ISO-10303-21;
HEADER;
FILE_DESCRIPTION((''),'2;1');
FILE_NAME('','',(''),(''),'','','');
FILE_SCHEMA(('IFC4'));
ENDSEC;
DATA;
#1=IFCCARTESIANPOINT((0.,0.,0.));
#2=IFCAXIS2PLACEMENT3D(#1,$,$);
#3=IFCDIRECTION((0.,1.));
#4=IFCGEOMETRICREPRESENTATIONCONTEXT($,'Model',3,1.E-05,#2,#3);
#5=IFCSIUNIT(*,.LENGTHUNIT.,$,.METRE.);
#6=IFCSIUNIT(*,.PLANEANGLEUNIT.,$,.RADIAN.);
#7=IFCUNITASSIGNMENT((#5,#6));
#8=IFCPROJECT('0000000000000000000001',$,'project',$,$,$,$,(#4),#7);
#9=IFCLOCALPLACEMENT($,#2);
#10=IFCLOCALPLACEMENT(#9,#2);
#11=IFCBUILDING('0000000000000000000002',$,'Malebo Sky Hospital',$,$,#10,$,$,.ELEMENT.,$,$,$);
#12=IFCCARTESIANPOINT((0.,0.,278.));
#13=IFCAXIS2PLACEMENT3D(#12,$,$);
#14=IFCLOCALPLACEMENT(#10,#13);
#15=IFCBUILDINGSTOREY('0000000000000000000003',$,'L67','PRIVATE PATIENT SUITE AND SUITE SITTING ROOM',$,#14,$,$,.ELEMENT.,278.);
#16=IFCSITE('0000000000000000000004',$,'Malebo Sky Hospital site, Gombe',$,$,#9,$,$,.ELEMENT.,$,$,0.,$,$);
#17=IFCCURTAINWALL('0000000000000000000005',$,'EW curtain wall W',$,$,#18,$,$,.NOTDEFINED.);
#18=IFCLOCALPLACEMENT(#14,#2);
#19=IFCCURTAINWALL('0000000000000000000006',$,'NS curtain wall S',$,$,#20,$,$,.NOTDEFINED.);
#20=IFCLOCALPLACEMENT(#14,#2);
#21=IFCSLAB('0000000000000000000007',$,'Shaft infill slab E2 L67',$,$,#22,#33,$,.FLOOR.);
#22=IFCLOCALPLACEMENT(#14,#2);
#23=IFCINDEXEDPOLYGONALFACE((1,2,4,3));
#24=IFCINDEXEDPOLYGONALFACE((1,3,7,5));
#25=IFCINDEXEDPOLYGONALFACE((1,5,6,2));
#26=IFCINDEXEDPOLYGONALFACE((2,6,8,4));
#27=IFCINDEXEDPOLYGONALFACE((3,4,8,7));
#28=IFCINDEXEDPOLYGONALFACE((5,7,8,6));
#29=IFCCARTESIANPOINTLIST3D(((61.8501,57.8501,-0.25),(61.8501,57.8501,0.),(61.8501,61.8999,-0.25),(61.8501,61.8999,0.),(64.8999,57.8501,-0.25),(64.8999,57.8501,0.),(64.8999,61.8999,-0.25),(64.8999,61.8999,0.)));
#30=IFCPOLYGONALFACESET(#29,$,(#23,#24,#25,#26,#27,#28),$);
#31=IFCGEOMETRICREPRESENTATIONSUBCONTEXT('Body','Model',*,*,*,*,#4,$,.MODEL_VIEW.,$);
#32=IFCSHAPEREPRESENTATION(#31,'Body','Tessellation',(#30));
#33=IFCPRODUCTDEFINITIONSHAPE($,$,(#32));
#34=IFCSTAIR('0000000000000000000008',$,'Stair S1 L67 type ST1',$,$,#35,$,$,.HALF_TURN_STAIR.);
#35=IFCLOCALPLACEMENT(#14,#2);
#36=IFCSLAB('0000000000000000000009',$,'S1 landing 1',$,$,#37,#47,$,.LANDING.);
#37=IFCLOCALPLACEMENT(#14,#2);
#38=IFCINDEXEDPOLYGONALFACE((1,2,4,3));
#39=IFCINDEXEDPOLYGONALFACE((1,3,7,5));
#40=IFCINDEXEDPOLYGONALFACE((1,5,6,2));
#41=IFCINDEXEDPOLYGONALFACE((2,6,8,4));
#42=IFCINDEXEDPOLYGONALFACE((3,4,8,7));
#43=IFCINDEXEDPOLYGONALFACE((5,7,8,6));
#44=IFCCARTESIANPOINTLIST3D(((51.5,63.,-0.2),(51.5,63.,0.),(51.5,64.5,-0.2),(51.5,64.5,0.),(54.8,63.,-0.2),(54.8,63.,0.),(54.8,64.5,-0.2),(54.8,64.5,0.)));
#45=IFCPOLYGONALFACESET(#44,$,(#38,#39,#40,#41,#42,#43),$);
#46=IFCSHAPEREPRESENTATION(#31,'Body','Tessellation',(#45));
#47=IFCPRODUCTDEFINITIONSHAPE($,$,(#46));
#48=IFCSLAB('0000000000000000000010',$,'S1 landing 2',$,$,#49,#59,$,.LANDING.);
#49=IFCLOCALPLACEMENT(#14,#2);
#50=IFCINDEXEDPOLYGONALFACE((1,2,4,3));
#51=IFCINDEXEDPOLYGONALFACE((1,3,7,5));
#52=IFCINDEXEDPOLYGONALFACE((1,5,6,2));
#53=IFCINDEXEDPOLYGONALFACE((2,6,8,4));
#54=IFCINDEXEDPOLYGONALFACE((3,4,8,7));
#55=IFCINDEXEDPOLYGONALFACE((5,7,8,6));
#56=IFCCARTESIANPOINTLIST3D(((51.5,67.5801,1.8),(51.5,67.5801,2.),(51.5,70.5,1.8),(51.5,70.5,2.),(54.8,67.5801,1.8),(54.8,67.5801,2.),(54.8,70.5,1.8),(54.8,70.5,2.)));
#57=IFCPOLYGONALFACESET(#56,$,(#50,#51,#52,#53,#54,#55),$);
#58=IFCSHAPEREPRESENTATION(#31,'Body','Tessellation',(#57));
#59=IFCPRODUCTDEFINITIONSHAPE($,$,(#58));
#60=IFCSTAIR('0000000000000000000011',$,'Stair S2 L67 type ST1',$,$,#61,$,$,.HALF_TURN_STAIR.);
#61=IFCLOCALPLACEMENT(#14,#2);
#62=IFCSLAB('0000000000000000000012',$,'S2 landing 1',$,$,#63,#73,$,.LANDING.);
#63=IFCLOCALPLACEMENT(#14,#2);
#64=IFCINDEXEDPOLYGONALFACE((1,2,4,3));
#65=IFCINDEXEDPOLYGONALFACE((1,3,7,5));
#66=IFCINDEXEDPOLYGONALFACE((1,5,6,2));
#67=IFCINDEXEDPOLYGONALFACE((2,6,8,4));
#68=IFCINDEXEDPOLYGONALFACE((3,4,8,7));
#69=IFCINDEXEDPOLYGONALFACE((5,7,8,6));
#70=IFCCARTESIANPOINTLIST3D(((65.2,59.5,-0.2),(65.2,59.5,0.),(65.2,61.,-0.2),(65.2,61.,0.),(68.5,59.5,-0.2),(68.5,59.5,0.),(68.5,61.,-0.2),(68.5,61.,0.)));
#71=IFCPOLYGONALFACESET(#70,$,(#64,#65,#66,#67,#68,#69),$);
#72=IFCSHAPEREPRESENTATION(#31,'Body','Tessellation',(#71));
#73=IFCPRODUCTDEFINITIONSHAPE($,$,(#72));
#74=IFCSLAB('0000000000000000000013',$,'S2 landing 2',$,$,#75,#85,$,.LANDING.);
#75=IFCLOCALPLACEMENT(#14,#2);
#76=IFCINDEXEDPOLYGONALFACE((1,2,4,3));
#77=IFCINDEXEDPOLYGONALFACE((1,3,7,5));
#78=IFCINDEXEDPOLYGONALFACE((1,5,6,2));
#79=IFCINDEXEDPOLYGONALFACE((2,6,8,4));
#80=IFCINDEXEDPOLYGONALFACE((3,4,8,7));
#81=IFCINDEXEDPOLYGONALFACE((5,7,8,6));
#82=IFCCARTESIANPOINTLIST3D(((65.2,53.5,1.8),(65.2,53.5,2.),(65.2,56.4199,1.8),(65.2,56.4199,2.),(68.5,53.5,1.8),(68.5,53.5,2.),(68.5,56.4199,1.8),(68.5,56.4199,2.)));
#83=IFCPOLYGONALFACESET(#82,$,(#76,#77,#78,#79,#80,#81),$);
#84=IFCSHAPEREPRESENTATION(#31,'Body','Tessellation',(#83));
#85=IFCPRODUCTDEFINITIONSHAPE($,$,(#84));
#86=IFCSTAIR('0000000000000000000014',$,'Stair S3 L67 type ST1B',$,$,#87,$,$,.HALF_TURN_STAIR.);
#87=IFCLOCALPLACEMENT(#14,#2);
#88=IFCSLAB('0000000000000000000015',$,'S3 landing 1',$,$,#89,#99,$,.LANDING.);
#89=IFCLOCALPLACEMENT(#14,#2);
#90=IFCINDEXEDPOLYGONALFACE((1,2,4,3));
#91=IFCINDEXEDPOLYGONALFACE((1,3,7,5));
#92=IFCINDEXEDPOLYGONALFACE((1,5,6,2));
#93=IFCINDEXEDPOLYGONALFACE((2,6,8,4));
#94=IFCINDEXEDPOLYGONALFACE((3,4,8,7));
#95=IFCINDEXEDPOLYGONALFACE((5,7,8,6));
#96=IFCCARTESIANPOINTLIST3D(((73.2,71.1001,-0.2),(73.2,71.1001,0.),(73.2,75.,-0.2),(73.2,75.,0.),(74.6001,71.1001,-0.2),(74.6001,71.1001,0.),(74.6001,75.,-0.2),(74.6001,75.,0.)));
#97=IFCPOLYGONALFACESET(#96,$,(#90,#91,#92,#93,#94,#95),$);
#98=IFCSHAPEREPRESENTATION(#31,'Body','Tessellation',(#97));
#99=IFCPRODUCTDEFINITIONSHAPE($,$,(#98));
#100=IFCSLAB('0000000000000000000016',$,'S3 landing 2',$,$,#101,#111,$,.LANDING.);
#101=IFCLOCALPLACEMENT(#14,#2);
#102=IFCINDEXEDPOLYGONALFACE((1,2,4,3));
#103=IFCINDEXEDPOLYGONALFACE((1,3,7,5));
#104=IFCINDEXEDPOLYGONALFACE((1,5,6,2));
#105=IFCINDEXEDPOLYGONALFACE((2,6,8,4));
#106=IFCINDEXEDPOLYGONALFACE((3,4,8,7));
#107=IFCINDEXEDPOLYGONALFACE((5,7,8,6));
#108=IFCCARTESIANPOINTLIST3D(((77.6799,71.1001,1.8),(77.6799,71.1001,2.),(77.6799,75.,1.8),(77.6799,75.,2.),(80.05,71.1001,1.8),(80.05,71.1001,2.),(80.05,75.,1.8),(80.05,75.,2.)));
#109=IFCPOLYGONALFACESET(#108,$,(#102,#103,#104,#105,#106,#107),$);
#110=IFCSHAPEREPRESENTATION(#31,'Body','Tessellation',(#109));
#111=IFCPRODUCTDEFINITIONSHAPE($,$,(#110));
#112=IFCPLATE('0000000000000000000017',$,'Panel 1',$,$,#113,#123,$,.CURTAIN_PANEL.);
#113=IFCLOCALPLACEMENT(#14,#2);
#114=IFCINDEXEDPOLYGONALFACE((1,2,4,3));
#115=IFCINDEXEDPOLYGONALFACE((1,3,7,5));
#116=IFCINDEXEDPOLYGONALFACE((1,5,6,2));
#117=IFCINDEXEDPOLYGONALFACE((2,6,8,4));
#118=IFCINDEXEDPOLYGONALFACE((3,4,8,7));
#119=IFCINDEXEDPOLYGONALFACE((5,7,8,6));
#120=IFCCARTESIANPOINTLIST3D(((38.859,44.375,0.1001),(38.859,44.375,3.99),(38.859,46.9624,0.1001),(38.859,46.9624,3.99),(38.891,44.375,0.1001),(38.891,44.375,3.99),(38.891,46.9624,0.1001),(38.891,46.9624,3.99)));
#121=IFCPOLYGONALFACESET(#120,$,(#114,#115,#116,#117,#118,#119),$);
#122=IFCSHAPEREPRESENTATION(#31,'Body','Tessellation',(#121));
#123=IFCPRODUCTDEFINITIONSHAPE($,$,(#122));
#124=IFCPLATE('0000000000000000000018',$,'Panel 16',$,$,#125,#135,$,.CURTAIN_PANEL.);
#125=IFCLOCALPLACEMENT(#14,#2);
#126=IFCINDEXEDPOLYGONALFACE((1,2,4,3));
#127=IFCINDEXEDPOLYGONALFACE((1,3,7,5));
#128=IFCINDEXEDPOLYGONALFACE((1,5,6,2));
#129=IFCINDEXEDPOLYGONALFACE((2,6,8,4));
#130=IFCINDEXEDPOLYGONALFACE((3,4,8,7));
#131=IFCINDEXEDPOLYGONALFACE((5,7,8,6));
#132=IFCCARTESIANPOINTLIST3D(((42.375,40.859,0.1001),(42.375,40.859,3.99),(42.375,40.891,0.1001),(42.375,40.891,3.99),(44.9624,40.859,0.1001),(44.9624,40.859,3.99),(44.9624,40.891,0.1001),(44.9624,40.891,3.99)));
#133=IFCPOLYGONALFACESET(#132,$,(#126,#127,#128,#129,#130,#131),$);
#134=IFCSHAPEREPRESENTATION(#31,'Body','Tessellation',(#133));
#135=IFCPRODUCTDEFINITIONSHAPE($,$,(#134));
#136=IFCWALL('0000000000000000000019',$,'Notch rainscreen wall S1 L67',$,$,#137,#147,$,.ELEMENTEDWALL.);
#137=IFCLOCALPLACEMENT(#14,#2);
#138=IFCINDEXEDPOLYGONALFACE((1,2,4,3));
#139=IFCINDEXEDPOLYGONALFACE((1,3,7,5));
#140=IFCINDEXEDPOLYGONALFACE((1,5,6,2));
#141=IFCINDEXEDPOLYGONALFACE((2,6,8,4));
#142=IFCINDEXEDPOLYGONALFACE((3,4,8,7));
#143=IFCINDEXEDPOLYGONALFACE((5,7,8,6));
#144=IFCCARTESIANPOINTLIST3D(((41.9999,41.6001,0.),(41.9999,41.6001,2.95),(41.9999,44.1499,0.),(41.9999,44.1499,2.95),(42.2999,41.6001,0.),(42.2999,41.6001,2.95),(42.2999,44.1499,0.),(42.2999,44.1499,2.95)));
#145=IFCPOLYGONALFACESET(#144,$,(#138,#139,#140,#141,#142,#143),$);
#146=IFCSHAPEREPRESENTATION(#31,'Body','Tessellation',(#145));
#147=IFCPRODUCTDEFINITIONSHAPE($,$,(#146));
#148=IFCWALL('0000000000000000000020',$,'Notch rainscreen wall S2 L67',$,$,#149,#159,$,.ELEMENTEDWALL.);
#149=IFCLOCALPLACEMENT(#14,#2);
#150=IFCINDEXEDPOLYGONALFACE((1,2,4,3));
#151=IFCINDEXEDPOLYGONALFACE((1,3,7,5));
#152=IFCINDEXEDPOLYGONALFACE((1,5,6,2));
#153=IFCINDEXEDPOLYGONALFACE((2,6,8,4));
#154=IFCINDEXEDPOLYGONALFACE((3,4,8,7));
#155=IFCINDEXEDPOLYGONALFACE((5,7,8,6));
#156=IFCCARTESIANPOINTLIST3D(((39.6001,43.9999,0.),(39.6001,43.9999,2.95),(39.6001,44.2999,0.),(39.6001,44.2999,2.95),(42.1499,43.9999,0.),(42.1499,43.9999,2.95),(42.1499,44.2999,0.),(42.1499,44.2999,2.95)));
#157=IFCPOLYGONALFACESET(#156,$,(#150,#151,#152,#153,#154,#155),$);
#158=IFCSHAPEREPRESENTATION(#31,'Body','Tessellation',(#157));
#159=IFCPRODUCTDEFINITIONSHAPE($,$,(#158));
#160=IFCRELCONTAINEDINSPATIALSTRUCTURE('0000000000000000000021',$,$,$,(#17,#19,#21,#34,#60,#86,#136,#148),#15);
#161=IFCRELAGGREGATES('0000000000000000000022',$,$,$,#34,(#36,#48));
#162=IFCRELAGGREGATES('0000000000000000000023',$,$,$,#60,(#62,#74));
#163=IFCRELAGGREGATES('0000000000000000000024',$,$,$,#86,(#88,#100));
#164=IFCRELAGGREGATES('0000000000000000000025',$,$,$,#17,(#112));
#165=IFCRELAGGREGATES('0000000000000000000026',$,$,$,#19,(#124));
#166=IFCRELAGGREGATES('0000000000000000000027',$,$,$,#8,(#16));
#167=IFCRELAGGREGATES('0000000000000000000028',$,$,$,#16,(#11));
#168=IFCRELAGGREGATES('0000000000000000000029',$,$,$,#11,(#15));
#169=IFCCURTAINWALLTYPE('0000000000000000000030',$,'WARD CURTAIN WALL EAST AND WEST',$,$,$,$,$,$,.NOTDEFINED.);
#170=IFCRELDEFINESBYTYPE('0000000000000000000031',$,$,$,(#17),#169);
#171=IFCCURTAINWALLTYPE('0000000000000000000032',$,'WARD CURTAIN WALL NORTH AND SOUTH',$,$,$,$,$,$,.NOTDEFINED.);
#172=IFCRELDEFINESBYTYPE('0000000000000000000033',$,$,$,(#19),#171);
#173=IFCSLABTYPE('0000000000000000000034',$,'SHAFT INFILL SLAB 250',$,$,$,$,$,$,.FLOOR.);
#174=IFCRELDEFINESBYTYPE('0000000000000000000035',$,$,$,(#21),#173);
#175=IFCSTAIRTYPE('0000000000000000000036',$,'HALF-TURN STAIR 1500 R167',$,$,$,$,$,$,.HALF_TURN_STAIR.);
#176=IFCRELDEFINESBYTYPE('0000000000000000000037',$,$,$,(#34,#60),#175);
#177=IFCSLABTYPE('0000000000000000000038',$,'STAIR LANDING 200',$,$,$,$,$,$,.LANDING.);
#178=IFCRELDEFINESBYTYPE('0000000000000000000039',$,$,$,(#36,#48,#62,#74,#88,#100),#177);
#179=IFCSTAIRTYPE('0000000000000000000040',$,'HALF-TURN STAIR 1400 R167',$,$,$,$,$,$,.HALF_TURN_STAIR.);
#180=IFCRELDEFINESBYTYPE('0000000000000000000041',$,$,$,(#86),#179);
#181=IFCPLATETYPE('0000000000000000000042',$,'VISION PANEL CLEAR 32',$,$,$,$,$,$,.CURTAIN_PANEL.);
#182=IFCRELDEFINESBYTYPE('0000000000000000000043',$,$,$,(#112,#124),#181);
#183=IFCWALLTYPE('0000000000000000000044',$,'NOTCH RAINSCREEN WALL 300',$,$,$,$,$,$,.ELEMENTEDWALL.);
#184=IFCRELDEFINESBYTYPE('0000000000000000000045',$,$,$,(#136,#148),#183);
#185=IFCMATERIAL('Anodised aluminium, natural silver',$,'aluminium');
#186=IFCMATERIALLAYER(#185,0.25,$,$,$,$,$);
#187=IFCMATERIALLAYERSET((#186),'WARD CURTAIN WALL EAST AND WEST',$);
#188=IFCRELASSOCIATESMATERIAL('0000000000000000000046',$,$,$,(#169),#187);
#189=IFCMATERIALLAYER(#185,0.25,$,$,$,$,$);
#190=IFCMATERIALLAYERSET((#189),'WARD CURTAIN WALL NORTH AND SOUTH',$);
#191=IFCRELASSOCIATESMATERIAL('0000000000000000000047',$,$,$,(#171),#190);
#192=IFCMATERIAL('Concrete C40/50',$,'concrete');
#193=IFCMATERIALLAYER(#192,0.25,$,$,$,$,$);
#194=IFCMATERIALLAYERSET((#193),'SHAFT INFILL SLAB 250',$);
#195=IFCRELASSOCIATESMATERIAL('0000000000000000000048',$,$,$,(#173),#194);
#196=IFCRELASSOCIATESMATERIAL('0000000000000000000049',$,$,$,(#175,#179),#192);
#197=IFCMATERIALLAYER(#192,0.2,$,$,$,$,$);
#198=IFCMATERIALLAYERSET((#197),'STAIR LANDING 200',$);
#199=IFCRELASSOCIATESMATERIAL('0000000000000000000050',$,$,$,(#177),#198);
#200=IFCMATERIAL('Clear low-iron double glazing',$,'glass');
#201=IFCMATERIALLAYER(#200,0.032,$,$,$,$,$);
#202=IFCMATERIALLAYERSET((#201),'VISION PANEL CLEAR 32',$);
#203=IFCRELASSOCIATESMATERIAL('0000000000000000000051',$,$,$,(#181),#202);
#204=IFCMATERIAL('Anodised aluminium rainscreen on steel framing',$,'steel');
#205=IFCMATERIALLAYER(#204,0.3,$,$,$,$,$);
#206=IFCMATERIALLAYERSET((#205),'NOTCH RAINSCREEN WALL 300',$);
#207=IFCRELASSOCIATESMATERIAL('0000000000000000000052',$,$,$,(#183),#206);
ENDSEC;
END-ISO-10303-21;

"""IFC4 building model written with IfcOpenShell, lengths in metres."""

from ifc_helpers import new_model, si_unit, direction, frame, frame_2d, origin, origin_2d, place, context, subcontext, project, spatial, polyline, rectangle, outline, extrude, material, layer, layer_set, type_object, element, aggregate, save


model = new_model("IFC4")

# Units and contexts
model_context = context("Model", 3, precision=1e-05, world=origin(), true_north=direction((0.0, 1.0)))
body_context = subcontext(model_context, "Body", "Model", "MODEL_VIEW")
ifc_project = project(units=[si_unit("LENGTHUNIT", "METRE"), si_unit("PLANEANGLEUNIT", "RADIAN")], contexts=[model_context])

# Site, building, storey
site_placement = place(None, origin())
site = spatial("IfcSite", under=ifc_project, at=site_placement, Name="Malebo Sky Hospital site, Gombe", CompositionType="ELEMENT", RefElevation=0.0)
building_placement = place(site_placement, origin())
building = spatial("IfcBuilding", under=site, at=building_placement, Name="Malebo Sky Hospital", CompositionType="ELEMENT")
storey_placement = place(building_placement, frame((0.0, 0.0, 278.0)))
storey = spatial("IfcBuildingStorey", under=building, at=storey_placement, Name="L67", Description="PRIVATE PATIENT SUITE AND SUITE SITTING ROOM", CompositionType="ELEMENT", Elevation=278.0)

# Curtain wall
ifc_material_1 = material(Name="Anodised aluminium, natural silver", Category="aluminium")
ifc_layer_1 = layer(ifc_material_1, 0.25)
ifc_layer_set_1 = layer_set([ifc_layer_1], Name="WARD CURTAIN WALL EAST AND WEST")
curtain_wall_type_1 = type_object("IfcCurtainWallType", Name="WARD CURTAIN WALL EAST AND WEST", PredefinedType="NOTDEFINED", material=ifc_layer_set_1)
curtain_wall_1_placement = place(storey_placement, origin())
curtain_wall_1 = element("IfcCurtainWall", 1, at=curtain_wall_1_placement, inside=storey, type_object=curtain_wall_type_1, Name="EW curtain wall W", PredefinedType="NOTDEFINED")

# Curtain wall
ifc_layer_2 = layer(ifc_material_1, 0.25)
ifc_layer_set_2 = layer_set([ifc_layer_2], Name="WARD CURTAIN WALL NORTH AND SOUTH")
curtain_wall_type_2 = type_object("IfcCurtainWallType", Name="WARD CURTAIN WALL NORTH AND SOUTH", PredefinedType="NOTDEFINED", material=ifc_layer_set_2)
curtain_wall_2_placement = place(storey_placement, origin())
curtain_wall_2 = element("IfcCurtainWall", 2, at=curtain_wall_2_placement, inside=storey, type_object=curtain_wall_type_2, Name="NS curtain wall S", PredefinedType="NOTDEFINED")

# Slab
ifc_material_2 = material(Name="Concrete C40/50", Category="concrete")
ifc_layer_3 = layer(ifc_material_2, 0.25)
ifc_layer_set_3 = layer_set([ifc_layer_3], Name="SHAFT INFILL SLAB 250")
slab_type_1 = type_object("IfcSlabType", Name="SHAFT INFILL SLAB 250", PredefinedType="FLOOR", material=ifc_layer_set_3)
slab_1_placement = place(storey_placement, frame((0.0, 0.0, -0.25)))
element("IfcSlab", 3, at=slab_1_placement, inside=storey, type_object=slab_type_1, Name="Shaft infill slab E2 L67", PredefinedType="FLOOR", context=body_context, shape_type="SweptSolid", body=[
    extrude(outline(polyline([(61.8501, 57.8501), (64.8999, 57.8501), (64.8999, 61.8999), (61.8501, 61.8999), (61.8501, 57.8501)])), origin(), (0.0, 0.0, 1.0), 0.25),
])

# Stairs, slabs
stair_type_1 = type_object("IfcStairType", Name="HALF-TURN STAIR 1500 R167", PredefinedType="HALF_TURN_STAIR", material=ifc_material_2)
stair_1_placement = place(storey_placement, origin())
stair_1 = element("IfcStair", 4, at=stair_1_placement, inside=storey, type_object=stair_type_1, Name="Stair S1 L67 type ST1", PredefinedType="HALF_TURN_STAIR")
ifc_layer_4 = layer(ifc_material_2, 0.2)
ifc_layer_set_4 = layer_set([ifc_layer_4], Name="STAIR LANDING 200")
slab_type_2 = type_object("IfcSlabType", Name="STAIR LANDING 200", PredefinedType="LANDING", material=ifc_layer_set_4)
slab_2_placement = place(storey_placement, frame((0.0, 0.0, -0.2)))
slab_2 = element("IfcSlab", 5, at=slab_2_placement, type_object=slab_type_2, Name="S1 landing 1", PredefinedType="LANDING", context=body_context, shape_type="SweptSolid", body=[
    extrude(outline(polyline([(51.5, 63.0), (54.8, 63.0), (54.8, 64.5), (51.5, 64.5), (51.5, 63.0)])), origin(), (0.0, 0.0, 1.0), 0.2),
])
slab_3_placement = place(storey_placement, frame((0.0, 0.0, 1.8)))
slab_3 = element("IfcSlab", 6, at=slab_3_placement, type_object=slab_type_2, Name="S1 landing 2", PredefinedType="LANDING", context=body_context, shape_type="SweptSolid", body=[
    extrude(outline(polyline([(51.5, 67.5801), (54.8, 67.5801), (54.8, 70.5), (51.5, 70.5), (51.5, 67.5801)])), origin(), (0.0, 0.0, 1.0), 0.2),
])
aggregate(stair_1, [slab_2, slab_3])
stair_2_placement = place(storey_placement, origin())
stair_2 = element("IfcStair", 7, at=stair_2_placement, inside=storey, type_object=stair_type_1, Name="Stair S2 L67 type ST1", PredefinedType="HALF_TURN_STAIR")
slab_4_placement = place(storey_placement, frame((0.0, 0.0, -0.2)))
slab_4 = element("IfcSlab", 8, at=slab_4_placement, type_object=slab_type_2, Name="S2 landing 1", PredefinedType="LANDING", context=body_context, shape_type="SweptSolid", body=[
    extrude(outline(polyline([(65.2, 59.5), (68.5, 59.5), (68.5, 61.0), (65.2, 61.0), (65.2, 59.5)])), origin(), (0.0, 0.0, 1.0), 0.2),
])
slab_5_placement = place(storey_placement, frame((0.0, 0.0, 1.8)))
slab_5 = element("IfcSlab", 9, at=slab_5_placement, type_object=slab_type_2, Name="S2 landing 2", PredefinedType="LANDING", context=body_context, shape_type="SweptSolid", body=[
    extrude(outline(polyline([(65.2, 53.5), (68.5, 53.5), (68.5, 56.4199), (65.2, 56.4199), (65.2, 53.5)])), origin(), (0.0, 0.0, 1.0), 0.2),
])
aggregate(stair_2, [slab_4, slab_5])
stair_type_2 = type_object("IfcStairType", Name="HALF-TURN STAIR 1400 R167", PredefinedType="HALF_TURN_STAIR", material=ifc_material_2)
stair_3_placement = place(storey_placement, origin())
stair_3 = element("IfcStair", 10, at=stair_3_placement, inside=storey, type_object=stair_type_2, Name="Stair S3 L67 type ST1B", PredefinedType="HALF_TURN_STAIR")
slab_6_placement = place(storey_placement, frame((0.0, 0.0, -0.2)))
slab_6 = element("IfcSlab", 11, at=slab_6_placement, type_object=slab_type_2, Name="S3 landing 1", PredefinedType="LANDING", context=body_context, shape_type="SweptSolid", body=[
    extrude(outline(polyline([(73.2, 71.1001), (73.2, 75.0), (74.6001, 75.0), (74.6001, 71.1001), (73.2, 71.1001)])), origin(), (0.0, 0.0, 1.0), 0.2),
])
slab_7_placement = place(storey_placement, frame((0.0, 0.0, 1.8)))
slab_7 = element("IfcSlab", 12, at=slab_7_placement, type_object=slab_type_2, Name="S3 landing 2", PredefinedType="LANDING", context=body_context, shape_type="SweptSolid", body=[
    extrude(outline(polyline([(77.6799, 71.1001), (77.6799, 75.0), (80.05, 75.0), (80.05, 71.1001), (77.6799, 71.1001)])), origin(), (0.0, 0.0, 1.0), 0.2),
])
aggregate(stair_3, [slab_6, slab_7])

# Plates
ifc_material_3 = material(Name="Clear low-iron double glazing", Category="glass")
ifc_layer_5 = layer(ifc_material_3, 0.032)
ifc_layer_set_5 = layer_set([ifc_layer_5], Name="VISION PANEL CLEAR 32")
plate_type = type_object("IfcPlateType", Name="VISION PANEL CLEAR 32", PredefinedType="CURTAIN_PANEL", material=ifc_layer_set_5)
plate_1_placement = place(storey_placement, frame((38.875, 45.6687, 0.1001), z_axis=(0.0, 0.0, 1.0), x_axis=(0.0, 1.0, 0.0)))
plate_1 = element("IfcPlate", 13, at=plate_1_placement, type_object=plate_type, Name="Panel 1", PredefinedType="CURTAIN_PANEL", context=body_context, shape_type="SweptSolid", body=[
    extrude(rectangle(XDim=2.5874, YDim=0.032, at=origin_2d()), origin(), (0.0, 0.0, 1.0), 3.8899),
])
aggregate(curtain_wall_1, [plate_1])
plate_2_placement = place(storey_placement, frame((43.6687, 40.875, 0.1001), z_axis=(0.0, 0.0, 1.0), x_axis=(-1.0, 0.0, 0.0)))
plate_2 = element("IfcPlate", 14, at=plate_2_placement, type_object=plate_type, Name="Panel 16", PredefinedType="CURTAIN_PANEL", context=body_context, shape_type="SweptSolid", body=[
    extrude(rectangle(XDim=2.5874, YDim=0.032, at=origin_2d()), origin(), (0.0, 0.0, 1.0), 3.8899),
])
aggregate(curtain_wall_2, [plate_2])

# Walls
ifc_material_4 = material(Name="Anodised aluminium rainscreen on steel framing", Category="steel")
ifc_layer_6 = layer(ifc_material_4, 0.3)
ifc_layer_set_6 = layer_set([ifc_layer_6], Name="NOTCH RAINSCREEN WALL 300")
wall_type = type_object("IfcWallType", Name="NOTCH RAINSCREEN WALL 300", PredefinedType="ELEMENTEDWALL", material=ifc_layer_set_6)
for number, where, z_axis, x_axis, name in (
    (15, (42.1499, 41.6001, 0.0), (0.0, 0.0, 1.0), (0.0, 1.0, 0.0), "Notch rainscreen wall S1 L67"),
    (16, (42.1499, 44.1499, 0.0), (0.0, 0.0, 1.0), (-1.0, 0.0, 0.0), "Notch rainscreen wall S2 L67"),
):
    element("IfcWall", number, at=place(storey_placement, frame(where, z_axis=z_axis, x_axis=x_axis)), inside=storey, type_object=wall_type, Name=name, PredefinedType="ELEMENTEDWALL", context=body_context, shape_type="SweptSolid", body=[
        extrude(rectangle(XDim=2.5498, YDim=0.3, at=frame_2d((1.2749, 0.0))), origin(), (0.0, 0.0, 1.0), 2.95),
    ])

save(model, "model.ifc")
